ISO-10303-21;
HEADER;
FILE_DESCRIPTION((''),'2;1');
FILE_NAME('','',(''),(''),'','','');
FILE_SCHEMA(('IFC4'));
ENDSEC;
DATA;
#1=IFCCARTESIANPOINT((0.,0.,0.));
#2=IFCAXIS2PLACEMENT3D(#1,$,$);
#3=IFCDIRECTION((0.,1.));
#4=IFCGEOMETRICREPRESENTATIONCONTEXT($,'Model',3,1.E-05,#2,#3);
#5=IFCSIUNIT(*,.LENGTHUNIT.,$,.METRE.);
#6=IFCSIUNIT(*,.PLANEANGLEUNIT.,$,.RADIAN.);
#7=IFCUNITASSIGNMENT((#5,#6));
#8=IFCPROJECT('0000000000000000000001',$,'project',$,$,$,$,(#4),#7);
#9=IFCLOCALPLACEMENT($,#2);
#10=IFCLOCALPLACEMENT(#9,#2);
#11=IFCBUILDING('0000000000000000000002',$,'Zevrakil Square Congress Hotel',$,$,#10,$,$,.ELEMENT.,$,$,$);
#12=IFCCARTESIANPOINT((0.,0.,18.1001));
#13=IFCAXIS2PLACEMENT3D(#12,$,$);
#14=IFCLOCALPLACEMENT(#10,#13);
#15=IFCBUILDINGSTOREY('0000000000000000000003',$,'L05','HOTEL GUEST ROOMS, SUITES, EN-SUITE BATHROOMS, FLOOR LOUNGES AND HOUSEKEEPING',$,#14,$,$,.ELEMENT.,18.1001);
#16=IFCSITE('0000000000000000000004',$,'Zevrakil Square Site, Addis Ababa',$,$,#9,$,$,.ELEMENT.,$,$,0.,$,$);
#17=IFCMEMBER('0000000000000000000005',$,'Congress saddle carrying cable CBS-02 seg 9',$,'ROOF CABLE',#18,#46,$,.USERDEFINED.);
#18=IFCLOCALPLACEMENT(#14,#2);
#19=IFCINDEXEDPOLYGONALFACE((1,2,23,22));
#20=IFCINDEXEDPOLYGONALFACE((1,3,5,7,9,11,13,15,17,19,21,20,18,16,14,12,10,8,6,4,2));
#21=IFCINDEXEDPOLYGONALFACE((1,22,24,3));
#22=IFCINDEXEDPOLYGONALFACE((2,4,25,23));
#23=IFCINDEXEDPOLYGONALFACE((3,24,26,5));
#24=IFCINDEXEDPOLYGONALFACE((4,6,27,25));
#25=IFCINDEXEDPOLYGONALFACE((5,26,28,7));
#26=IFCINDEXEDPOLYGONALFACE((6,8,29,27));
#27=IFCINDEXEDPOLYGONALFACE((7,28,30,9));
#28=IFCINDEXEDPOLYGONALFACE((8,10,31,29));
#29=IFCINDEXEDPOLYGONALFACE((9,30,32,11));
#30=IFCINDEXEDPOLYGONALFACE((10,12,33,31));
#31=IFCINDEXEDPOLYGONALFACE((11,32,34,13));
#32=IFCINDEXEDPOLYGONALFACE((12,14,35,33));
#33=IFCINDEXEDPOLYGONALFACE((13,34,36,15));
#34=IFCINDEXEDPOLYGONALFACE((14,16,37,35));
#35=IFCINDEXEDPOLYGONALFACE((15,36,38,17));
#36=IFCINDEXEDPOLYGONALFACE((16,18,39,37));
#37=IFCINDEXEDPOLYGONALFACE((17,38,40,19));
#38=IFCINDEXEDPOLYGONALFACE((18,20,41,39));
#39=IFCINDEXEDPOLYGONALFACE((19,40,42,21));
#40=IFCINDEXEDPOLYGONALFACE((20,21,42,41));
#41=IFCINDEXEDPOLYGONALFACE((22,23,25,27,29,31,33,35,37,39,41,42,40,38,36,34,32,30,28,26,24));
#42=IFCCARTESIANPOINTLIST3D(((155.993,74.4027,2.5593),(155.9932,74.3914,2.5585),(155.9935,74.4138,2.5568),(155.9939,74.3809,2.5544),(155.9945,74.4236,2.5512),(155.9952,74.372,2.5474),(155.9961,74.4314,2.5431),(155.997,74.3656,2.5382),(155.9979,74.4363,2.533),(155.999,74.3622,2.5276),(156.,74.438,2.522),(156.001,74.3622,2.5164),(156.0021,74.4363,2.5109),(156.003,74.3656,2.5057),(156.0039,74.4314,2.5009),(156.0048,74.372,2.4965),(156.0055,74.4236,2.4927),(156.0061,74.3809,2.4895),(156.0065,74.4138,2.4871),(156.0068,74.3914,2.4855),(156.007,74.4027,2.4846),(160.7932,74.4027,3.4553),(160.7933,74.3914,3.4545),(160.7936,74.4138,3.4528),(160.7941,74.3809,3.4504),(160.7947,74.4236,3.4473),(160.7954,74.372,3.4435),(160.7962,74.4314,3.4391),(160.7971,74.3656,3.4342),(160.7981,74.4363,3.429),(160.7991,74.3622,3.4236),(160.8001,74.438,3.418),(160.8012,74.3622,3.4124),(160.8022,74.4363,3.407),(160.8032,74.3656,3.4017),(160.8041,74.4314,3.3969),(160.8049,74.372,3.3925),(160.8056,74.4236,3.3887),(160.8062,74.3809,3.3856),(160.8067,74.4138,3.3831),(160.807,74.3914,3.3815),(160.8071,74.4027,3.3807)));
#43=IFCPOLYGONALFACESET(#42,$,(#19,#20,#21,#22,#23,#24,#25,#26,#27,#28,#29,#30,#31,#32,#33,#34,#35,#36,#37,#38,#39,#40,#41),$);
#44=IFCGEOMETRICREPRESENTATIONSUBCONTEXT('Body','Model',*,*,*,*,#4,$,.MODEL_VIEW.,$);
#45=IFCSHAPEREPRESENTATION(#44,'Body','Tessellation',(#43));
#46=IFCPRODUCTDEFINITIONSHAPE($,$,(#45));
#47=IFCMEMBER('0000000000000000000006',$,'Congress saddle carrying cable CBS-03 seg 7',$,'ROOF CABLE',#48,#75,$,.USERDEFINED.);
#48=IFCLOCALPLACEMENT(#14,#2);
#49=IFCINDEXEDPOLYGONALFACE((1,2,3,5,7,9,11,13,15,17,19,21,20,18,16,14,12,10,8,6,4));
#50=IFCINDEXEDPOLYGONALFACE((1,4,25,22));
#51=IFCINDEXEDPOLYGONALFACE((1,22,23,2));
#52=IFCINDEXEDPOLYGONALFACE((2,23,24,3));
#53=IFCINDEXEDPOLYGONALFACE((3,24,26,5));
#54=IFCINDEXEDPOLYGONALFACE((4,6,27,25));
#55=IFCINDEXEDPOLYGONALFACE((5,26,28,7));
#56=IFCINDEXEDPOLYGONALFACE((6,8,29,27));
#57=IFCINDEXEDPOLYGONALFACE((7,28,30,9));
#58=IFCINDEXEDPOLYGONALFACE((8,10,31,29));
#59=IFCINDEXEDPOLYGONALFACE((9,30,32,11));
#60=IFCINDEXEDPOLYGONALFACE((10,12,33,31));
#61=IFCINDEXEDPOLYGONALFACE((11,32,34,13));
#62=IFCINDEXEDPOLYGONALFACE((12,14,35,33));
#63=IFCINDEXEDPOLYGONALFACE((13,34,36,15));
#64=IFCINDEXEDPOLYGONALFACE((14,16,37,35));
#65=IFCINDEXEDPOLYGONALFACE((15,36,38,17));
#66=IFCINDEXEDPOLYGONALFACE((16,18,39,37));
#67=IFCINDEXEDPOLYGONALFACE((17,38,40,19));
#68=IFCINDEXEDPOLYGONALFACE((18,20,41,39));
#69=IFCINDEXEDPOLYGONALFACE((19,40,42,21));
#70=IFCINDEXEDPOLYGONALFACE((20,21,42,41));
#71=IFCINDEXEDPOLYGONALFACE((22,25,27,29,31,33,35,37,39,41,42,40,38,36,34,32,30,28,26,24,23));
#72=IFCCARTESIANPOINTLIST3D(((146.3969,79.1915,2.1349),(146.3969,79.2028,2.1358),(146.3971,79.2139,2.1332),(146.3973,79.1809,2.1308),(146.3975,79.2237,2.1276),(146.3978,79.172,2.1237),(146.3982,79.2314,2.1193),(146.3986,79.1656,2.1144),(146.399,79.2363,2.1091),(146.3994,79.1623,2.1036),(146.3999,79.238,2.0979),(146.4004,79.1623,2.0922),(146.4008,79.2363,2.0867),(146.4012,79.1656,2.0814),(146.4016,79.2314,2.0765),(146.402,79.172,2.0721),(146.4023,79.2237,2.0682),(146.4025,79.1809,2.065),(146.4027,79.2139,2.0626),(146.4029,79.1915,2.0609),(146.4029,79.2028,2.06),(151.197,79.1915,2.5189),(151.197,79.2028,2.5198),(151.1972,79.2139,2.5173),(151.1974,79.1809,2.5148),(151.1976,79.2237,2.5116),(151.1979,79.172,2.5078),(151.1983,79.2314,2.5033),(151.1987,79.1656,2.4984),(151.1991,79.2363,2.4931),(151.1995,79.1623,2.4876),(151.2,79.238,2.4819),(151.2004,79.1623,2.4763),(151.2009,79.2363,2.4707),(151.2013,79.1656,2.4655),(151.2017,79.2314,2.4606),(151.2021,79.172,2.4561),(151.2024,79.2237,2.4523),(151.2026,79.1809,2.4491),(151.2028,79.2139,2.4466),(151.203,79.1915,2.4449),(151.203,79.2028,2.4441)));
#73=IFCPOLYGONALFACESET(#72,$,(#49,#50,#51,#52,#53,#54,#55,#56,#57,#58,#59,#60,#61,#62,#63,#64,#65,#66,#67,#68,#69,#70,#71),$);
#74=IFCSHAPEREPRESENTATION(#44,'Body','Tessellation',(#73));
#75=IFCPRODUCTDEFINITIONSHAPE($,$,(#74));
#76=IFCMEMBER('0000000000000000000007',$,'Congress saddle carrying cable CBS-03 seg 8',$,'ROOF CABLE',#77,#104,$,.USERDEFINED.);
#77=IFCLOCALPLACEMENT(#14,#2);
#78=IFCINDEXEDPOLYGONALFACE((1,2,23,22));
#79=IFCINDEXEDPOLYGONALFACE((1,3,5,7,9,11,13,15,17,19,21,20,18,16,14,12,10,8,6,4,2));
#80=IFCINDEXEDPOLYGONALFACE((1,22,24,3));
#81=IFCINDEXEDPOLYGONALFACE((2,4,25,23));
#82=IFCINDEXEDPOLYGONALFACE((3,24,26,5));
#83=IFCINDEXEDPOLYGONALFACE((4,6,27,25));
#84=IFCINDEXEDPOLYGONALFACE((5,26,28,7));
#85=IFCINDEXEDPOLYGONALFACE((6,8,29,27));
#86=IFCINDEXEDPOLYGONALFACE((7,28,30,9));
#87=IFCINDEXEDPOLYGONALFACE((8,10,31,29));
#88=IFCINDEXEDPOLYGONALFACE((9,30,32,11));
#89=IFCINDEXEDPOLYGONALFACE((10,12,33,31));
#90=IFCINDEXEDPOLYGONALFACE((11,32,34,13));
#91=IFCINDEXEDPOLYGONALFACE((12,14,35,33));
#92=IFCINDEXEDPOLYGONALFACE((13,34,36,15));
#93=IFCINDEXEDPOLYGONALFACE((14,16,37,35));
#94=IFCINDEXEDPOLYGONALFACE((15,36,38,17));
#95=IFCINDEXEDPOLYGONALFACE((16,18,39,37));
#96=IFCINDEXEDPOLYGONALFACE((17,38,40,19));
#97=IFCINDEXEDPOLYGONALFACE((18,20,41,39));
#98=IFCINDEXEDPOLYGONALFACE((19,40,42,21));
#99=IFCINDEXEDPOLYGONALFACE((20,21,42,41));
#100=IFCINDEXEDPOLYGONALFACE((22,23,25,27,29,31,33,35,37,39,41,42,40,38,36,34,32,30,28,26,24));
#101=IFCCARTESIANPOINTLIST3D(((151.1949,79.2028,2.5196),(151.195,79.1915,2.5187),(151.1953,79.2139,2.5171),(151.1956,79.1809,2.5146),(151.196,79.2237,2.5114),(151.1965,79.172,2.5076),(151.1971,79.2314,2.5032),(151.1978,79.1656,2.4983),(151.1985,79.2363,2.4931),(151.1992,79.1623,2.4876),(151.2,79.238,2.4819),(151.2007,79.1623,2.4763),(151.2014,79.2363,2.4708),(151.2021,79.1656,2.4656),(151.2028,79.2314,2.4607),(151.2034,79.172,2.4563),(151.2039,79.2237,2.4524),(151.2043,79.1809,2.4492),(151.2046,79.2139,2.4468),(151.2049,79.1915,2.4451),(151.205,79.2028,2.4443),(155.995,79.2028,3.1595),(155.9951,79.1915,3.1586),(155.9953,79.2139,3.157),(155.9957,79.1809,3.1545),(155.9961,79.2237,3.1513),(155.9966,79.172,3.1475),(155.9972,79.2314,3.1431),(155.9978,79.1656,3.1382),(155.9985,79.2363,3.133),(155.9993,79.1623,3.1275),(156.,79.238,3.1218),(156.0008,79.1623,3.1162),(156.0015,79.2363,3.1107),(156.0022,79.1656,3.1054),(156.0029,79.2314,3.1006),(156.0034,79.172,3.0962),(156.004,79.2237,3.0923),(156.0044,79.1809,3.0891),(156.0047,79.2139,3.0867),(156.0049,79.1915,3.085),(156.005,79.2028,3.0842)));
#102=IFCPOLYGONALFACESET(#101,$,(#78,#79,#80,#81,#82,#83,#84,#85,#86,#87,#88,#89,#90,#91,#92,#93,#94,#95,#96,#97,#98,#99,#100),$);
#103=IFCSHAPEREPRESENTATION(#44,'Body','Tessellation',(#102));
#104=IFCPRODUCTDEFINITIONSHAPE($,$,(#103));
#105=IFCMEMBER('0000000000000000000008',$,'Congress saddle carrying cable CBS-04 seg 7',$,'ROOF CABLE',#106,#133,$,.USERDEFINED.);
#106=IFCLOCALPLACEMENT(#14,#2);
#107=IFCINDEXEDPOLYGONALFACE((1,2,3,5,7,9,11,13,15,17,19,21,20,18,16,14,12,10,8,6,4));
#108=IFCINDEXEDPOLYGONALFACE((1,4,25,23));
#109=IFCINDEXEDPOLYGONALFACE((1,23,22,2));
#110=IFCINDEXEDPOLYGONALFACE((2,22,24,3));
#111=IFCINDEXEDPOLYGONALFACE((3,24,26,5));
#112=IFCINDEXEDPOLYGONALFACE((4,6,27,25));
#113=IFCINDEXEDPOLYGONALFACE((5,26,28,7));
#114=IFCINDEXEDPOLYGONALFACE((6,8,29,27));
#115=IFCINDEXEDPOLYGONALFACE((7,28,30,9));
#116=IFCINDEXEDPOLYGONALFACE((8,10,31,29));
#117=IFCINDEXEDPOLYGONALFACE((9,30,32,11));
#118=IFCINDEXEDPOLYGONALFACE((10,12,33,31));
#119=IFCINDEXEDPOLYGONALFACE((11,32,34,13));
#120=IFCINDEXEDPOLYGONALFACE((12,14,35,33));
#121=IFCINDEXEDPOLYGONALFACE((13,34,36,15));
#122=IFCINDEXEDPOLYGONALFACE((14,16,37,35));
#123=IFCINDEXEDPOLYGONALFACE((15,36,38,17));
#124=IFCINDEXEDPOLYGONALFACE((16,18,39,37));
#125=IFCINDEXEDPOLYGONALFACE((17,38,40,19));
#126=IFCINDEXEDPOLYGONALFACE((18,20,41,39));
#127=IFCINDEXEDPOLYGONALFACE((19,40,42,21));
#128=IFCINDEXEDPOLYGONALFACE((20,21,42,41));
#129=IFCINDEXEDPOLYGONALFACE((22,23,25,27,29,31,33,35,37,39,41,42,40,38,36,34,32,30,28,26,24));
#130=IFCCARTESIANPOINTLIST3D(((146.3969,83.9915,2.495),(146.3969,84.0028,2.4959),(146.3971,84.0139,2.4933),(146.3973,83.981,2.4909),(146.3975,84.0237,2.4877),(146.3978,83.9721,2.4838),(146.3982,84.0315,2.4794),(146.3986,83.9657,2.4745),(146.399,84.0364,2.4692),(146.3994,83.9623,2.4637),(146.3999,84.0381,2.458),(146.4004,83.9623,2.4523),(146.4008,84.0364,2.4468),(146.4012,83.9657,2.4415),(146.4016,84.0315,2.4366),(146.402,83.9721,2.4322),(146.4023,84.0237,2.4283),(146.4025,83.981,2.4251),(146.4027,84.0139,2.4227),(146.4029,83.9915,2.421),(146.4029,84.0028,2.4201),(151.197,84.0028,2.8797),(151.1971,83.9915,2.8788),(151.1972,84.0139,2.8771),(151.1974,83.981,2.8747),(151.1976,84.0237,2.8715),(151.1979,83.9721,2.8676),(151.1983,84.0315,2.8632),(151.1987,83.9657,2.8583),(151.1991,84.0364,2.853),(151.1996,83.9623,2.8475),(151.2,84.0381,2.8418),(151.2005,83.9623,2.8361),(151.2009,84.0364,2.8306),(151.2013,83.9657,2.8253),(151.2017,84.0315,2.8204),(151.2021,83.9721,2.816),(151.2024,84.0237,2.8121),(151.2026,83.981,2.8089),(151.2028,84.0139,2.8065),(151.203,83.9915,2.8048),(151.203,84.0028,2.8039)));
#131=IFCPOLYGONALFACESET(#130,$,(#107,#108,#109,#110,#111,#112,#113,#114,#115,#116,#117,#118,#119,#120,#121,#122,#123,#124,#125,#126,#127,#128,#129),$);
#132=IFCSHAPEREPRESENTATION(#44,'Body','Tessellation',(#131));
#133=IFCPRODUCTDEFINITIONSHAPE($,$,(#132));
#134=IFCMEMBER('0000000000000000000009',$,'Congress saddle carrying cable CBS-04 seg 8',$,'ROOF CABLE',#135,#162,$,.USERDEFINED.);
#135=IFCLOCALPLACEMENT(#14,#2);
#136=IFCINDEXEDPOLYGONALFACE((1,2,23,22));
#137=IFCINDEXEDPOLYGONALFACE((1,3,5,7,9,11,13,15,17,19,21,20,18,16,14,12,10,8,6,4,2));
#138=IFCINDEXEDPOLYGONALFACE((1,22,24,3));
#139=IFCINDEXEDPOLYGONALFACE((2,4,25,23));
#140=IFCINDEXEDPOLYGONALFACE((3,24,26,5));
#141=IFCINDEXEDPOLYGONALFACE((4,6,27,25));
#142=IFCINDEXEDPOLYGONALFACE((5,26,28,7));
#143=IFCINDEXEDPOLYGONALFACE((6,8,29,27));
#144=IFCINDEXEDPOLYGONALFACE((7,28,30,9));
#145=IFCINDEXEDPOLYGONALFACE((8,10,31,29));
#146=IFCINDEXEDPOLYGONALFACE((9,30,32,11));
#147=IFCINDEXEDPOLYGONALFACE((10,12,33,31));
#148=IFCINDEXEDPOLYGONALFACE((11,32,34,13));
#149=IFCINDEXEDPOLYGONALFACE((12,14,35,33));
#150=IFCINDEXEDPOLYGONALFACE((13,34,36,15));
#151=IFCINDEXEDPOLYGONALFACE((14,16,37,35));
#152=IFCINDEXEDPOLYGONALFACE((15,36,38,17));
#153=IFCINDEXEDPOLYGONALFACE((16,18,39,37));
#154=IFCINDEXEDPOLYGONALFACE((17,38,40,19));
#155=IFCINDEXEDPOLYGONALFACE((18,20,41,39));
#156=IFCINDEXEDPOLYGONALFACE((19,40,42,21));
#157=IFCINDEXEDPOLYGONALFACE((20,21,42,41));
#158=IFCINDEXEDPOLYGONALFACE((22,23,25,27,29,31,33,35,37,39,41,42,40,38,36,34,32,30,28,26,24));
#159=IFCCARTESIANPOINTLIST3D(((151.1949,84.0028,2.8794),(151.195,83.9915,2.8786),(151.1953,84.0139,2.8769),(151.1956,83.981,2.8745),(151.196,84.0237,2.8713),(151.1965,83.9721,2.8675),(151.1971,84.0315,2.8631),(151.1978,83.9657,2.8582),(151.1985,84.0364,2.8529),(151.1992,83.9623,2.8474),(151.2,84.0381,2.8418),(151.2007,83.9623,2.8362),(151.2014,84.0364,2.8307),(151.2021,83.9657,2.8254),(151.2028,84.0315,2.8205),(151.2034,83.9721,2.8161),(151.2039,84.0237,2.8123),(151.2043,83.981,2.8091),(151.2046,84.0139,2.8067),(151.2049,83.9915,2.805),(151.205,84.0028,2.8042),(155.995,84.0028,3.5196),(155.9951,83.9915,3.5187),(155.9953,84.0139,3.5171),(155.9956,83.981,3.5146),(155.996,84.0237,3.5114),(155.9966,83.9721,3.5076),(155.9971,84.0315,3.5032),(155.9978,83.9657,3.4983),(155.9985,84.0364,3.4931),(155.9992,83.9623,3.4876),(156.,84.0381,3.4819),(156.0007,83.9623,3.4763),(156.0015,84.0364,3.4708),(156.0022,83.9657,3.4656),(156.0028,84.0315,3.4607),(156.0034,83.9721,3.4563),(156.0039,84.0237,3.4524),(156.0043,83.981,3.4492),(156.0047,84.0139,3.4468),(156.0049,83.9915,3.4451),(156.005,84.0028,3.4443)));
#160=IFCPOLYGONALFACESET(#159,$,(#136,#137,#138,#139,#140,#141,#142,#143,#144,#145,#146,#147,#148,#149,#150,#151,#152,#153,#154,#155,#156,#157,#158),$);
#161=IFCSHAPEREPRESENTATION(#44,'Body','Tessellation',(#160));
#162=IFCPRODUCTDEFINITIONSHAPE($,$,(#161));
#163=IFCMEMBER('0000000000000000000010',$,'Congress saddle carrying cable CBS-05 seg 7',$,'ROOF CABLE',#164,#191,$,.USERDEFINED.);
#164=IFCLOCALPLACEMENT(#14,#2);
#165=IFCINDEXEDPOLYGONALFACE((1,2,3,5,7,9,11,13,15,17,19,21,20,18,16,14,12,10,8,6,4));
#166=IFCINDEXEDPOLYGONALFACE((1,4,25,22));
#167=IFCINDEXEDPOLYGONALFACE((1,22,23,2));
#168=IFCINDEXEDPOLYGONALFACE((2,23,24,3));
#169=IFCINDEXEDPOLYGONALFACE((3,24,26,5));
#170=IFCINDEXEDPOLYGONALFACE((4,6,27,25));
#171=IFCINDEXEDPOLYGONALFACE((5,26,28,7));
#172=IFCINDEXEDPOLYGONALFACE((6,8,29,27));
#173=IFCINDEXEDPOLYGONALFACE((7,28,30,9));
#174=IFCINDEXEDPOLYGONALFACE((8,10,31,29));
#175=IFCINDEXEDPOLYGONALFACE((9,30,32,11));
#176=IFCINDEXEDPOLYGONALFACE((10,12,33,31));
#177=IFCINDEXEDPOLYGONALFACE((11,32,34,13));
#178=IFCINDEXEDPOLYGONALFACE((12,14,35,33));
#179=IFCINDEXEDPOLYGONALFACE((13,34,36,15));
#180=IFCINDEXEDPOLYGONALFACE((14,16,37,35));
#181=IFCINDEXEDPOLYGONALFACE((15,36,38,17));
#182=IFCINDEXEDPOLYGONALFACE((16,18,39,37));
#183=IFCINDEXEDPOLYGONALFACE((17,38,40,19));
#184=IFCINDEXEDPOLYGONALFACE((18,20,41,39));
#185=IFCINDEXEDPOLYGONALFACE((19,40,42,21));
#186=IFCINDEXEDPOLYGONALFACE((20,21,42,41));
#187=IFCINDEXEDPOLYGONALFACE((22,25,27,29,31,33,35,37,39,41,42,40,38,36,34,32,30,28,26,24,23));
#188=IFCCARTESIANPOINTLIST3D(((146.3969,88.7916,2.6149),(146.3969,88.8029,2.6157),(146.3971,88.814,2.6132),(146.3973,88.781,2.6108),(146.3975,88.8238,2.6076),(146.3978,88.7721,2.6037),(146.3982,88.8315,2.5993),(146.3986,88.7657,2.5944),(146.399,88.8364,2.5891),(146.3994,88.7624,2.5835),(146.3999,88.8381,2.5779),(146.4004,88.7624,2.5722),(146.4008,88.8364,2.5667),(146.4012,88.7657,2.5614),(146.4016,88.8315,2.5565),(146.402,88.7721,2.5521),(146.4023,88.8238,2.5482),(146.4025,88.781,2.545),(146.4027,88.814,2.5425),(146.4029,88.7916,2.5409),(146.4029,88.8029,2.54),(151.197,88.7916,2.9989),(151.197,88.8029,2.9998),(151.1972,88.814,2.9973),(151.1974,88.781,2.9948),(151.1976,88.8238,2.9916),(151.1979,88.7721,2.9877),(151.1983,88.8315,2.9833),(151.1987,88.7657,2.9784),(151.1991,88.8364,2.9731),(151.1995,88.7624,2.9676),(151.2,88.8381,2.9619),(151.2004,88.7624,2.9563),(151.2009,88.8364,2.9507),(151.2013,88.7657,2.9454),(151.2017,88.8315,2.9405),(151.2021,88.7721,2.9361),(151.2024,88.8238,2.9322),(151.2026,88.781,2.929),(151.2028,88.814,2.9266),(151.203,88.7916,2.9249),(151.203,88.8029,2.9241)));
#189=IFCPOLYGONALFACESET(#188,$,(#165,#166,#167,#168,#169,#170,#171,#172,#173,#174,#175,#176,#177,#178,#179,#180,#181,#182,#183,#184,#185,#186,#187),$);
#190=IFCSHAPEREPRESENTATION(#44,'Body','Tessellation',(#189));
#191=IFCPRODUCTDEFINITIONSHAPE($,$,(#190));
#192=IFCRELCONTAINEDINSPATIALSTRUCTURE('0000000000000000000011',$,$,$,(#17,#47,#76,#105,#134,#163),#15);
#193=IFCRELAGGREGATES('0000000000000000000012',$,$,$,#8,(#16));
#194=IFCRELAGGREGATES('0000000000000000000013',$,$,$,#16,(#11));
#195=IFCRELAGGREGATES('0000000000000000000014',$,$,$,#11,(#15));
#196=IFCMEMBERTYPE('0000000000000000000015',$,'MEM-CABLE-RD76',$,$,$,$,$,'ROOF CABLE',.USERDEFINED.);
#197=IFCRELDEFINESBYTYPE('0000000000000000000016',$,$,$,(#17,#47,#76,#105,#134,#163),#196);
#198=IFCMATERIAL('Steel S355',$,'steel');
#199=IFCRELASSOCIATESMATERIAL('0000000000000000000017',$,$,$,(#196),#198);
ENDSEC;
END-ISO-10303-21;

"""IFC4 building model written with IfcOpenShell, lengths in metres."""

from ifc_helpers import new_model, si_unit, direction, frame, origin, origin_2d, place, context, subcontext, project, spatial, circle, extrude, material, material_profile, profile_set, type_object, element, save


model = new_model("IFC4")

# Units and contexts
model_context = context("Model", 3, precision=1e-05, world=origin(), true_north=direction((0.0, 1.0)))
body_context = subcontext(model_context, "Body", "Model", "MODEL_VIEW")
ifc_project = project(units=[si_unit("LENGTHUNIT", "METRE"), si_unit("PLANEANGLEUNIT", "RADIAN")], contexts=[model_context])

# Site, building, storey
site_placement = place(None, origin())
site = spatial("IfcSite", under=ifc_project, at=site_placement, Name="Zevrakil Square Site, Addis Ababa", CompositionType="ELEMENT", RefElevation=0.0)
building_placement = place(site_placement, origin())
building = spatial("IfcBuilding", under=site, at=building_placement, Name="Zevrakil Square Congress Hotel", CompositionType="ELEMENT")
storey_placement = place(building_placement, frame((0.0, 0.0, 18.1001)))
storey = spatial("IfcBuildingStorey", under=building, at=storey_placement, Name="L05", Description="HOTEL GUEST ROOMS, SUITES, EN-SUITE BATHROOMS, FLOOR LOUNGES AND HOUSEKEEPING", CompositionType="ELEMENT", Elevation=18.1001)

# Members
ifc_material_1 = material(Name="Steel S355", Category="steel")
ifc_material_profile_1 = material_profile(ifc_material_1, circle(Radius=0.0381, at=origin_2d()), Name="CABLE RD76")
ifc_profile_set_1 = profile_set([ifc_material_profile_1], Name="Steel S355")
member_type_1 = type_object("IfcMemberType", Name="MEM-CABLE-RD76", ElementType="ROOF CABLE", PredefinedType="USERDEFINED", material=ifc_profile_set_1)
member_1_placement = place(storey_placement, frame((156.0, 74.3999, 2.522), z_axis=(0.983021, 0.0, 0.183495), x_axis=(0.0, 1.0, 0.0)))
element("IfcMember", 1, at=member_1_placement, inside=storey, type_object=member_type_1, Name="Congress saddle carrying cable CBS-02 seg 9", ObjectType="ROOF CABLE", PredefinedType="USERDEFINED", context=body_context, shape_type="SweptSolid", body=[
    extrude(circle(Radius=0.0381, at=origin_2d()), origin(), (0.0, 0.0, 1.0), 4.8831),
])
member_2_placement = place(storey_placement, frame((146.3999, 79.2, 2.0979), z_axis=(0.996815, 0.0, 0.079751), x_axis=(0.0, 1.0, 0.0)))
element("IfcMember", 2, at=member_2_placement, inside=storey, type_object=member_type_1, Name="Congress saddle carrying cable CBS-03 seg 7", ObjectType="ROOF CABLE", PredefinedType="USERDEFINED", context=body_context, shape_type="SweptSolid", body=[
    extrude(circle(Radius=0.0381, at=origin_2d()), origin(), (0.0, 0.0, 1.0), 4.8154),
])
member_3_placement = place(storey_placement, frame((151.2, 79.2, 2.4819), z_axis=(0.991231, 0.0, 0.132141), x_axis=(0.0, 1.0, 0.0)))
element("IfcMember", 3, at=member_3_placement, inside=storey, type_object=member_type_1, Name="Congress saddle carrying cable CBS-03 seg 8", ObjectType="ROOF CABLE", PredefinedType="USERDEFINED", context=body_context, shape_type="SweptSolid", body=[
    extrude(circle(Radius=0.0381, at=origin_2d()), origin(), (0.0, 0.0, 1.0), 4.8425),
])
member_4_placement = place(storey_placement, frame((146.3999, 84.0, 2.458), z_axis=(0.996819, 0.0, 0.079701), x_axis=(0.0, 1.0, 0.0)))
element("IfcMember", 4, at=member_4_placement, inside=storey, type_object=member_type_1, Name="Congress saddle carrying cable CBS-04 seg 7", ObjectType="ROOF CABLE", PredefinedType="USERDEFINED", context=body_context, shape_type="SweptSolid", body=[
    extrude(circle(Radius=0.0381, at=origin_2d()), origin(), (0.0, 0.0, 1.0), 4.8154),
])
member_5_placement = place(storey_placement, frame((151.2, 84.0, 2.8418), z_axis=(0.991224, 0.0, 0.13219), x_axis=(0.0, 1.0, 0.0)))
element("IfcMember", 5, at=member_5_placement, inside=storey, type_object=member_type_1, Name="Congress saddle carrying cable CBS-04 seg 8", ObjectType="ROOF CABLE", PredefinedType="USERDEFINED", context=body_context, shape_type="SweptSolid", body=[
    extrude(circle(Radius=0.0381, at=origin_2d()), origin(), (0.0, 0.0, 1.0), 4.8425),
])
member_6_placement = place(storey_placement, frame((146.3999, 88.8, 2.5779), z_axis=(0.996815, 0.0, 0.079751), x_axis=(0.0, 1.0, 0.0)))
element("IfcMember", 6, at=member_6_placement, inside=storey, type_object=member_type_1, Name="Congress saddle carrying cable CBS-05 seg 7", ObjectType="ROOF CABLE", PredefinedType="USERDEFINED", context=body_context, shape_type="SweptSolid", body=[
    extrude(circle(Radius=0.0381, at=origin_2d()), origin(), (0.0, 0.0, 1.0), 4.8154),
])

save(model, "model.ifc")
